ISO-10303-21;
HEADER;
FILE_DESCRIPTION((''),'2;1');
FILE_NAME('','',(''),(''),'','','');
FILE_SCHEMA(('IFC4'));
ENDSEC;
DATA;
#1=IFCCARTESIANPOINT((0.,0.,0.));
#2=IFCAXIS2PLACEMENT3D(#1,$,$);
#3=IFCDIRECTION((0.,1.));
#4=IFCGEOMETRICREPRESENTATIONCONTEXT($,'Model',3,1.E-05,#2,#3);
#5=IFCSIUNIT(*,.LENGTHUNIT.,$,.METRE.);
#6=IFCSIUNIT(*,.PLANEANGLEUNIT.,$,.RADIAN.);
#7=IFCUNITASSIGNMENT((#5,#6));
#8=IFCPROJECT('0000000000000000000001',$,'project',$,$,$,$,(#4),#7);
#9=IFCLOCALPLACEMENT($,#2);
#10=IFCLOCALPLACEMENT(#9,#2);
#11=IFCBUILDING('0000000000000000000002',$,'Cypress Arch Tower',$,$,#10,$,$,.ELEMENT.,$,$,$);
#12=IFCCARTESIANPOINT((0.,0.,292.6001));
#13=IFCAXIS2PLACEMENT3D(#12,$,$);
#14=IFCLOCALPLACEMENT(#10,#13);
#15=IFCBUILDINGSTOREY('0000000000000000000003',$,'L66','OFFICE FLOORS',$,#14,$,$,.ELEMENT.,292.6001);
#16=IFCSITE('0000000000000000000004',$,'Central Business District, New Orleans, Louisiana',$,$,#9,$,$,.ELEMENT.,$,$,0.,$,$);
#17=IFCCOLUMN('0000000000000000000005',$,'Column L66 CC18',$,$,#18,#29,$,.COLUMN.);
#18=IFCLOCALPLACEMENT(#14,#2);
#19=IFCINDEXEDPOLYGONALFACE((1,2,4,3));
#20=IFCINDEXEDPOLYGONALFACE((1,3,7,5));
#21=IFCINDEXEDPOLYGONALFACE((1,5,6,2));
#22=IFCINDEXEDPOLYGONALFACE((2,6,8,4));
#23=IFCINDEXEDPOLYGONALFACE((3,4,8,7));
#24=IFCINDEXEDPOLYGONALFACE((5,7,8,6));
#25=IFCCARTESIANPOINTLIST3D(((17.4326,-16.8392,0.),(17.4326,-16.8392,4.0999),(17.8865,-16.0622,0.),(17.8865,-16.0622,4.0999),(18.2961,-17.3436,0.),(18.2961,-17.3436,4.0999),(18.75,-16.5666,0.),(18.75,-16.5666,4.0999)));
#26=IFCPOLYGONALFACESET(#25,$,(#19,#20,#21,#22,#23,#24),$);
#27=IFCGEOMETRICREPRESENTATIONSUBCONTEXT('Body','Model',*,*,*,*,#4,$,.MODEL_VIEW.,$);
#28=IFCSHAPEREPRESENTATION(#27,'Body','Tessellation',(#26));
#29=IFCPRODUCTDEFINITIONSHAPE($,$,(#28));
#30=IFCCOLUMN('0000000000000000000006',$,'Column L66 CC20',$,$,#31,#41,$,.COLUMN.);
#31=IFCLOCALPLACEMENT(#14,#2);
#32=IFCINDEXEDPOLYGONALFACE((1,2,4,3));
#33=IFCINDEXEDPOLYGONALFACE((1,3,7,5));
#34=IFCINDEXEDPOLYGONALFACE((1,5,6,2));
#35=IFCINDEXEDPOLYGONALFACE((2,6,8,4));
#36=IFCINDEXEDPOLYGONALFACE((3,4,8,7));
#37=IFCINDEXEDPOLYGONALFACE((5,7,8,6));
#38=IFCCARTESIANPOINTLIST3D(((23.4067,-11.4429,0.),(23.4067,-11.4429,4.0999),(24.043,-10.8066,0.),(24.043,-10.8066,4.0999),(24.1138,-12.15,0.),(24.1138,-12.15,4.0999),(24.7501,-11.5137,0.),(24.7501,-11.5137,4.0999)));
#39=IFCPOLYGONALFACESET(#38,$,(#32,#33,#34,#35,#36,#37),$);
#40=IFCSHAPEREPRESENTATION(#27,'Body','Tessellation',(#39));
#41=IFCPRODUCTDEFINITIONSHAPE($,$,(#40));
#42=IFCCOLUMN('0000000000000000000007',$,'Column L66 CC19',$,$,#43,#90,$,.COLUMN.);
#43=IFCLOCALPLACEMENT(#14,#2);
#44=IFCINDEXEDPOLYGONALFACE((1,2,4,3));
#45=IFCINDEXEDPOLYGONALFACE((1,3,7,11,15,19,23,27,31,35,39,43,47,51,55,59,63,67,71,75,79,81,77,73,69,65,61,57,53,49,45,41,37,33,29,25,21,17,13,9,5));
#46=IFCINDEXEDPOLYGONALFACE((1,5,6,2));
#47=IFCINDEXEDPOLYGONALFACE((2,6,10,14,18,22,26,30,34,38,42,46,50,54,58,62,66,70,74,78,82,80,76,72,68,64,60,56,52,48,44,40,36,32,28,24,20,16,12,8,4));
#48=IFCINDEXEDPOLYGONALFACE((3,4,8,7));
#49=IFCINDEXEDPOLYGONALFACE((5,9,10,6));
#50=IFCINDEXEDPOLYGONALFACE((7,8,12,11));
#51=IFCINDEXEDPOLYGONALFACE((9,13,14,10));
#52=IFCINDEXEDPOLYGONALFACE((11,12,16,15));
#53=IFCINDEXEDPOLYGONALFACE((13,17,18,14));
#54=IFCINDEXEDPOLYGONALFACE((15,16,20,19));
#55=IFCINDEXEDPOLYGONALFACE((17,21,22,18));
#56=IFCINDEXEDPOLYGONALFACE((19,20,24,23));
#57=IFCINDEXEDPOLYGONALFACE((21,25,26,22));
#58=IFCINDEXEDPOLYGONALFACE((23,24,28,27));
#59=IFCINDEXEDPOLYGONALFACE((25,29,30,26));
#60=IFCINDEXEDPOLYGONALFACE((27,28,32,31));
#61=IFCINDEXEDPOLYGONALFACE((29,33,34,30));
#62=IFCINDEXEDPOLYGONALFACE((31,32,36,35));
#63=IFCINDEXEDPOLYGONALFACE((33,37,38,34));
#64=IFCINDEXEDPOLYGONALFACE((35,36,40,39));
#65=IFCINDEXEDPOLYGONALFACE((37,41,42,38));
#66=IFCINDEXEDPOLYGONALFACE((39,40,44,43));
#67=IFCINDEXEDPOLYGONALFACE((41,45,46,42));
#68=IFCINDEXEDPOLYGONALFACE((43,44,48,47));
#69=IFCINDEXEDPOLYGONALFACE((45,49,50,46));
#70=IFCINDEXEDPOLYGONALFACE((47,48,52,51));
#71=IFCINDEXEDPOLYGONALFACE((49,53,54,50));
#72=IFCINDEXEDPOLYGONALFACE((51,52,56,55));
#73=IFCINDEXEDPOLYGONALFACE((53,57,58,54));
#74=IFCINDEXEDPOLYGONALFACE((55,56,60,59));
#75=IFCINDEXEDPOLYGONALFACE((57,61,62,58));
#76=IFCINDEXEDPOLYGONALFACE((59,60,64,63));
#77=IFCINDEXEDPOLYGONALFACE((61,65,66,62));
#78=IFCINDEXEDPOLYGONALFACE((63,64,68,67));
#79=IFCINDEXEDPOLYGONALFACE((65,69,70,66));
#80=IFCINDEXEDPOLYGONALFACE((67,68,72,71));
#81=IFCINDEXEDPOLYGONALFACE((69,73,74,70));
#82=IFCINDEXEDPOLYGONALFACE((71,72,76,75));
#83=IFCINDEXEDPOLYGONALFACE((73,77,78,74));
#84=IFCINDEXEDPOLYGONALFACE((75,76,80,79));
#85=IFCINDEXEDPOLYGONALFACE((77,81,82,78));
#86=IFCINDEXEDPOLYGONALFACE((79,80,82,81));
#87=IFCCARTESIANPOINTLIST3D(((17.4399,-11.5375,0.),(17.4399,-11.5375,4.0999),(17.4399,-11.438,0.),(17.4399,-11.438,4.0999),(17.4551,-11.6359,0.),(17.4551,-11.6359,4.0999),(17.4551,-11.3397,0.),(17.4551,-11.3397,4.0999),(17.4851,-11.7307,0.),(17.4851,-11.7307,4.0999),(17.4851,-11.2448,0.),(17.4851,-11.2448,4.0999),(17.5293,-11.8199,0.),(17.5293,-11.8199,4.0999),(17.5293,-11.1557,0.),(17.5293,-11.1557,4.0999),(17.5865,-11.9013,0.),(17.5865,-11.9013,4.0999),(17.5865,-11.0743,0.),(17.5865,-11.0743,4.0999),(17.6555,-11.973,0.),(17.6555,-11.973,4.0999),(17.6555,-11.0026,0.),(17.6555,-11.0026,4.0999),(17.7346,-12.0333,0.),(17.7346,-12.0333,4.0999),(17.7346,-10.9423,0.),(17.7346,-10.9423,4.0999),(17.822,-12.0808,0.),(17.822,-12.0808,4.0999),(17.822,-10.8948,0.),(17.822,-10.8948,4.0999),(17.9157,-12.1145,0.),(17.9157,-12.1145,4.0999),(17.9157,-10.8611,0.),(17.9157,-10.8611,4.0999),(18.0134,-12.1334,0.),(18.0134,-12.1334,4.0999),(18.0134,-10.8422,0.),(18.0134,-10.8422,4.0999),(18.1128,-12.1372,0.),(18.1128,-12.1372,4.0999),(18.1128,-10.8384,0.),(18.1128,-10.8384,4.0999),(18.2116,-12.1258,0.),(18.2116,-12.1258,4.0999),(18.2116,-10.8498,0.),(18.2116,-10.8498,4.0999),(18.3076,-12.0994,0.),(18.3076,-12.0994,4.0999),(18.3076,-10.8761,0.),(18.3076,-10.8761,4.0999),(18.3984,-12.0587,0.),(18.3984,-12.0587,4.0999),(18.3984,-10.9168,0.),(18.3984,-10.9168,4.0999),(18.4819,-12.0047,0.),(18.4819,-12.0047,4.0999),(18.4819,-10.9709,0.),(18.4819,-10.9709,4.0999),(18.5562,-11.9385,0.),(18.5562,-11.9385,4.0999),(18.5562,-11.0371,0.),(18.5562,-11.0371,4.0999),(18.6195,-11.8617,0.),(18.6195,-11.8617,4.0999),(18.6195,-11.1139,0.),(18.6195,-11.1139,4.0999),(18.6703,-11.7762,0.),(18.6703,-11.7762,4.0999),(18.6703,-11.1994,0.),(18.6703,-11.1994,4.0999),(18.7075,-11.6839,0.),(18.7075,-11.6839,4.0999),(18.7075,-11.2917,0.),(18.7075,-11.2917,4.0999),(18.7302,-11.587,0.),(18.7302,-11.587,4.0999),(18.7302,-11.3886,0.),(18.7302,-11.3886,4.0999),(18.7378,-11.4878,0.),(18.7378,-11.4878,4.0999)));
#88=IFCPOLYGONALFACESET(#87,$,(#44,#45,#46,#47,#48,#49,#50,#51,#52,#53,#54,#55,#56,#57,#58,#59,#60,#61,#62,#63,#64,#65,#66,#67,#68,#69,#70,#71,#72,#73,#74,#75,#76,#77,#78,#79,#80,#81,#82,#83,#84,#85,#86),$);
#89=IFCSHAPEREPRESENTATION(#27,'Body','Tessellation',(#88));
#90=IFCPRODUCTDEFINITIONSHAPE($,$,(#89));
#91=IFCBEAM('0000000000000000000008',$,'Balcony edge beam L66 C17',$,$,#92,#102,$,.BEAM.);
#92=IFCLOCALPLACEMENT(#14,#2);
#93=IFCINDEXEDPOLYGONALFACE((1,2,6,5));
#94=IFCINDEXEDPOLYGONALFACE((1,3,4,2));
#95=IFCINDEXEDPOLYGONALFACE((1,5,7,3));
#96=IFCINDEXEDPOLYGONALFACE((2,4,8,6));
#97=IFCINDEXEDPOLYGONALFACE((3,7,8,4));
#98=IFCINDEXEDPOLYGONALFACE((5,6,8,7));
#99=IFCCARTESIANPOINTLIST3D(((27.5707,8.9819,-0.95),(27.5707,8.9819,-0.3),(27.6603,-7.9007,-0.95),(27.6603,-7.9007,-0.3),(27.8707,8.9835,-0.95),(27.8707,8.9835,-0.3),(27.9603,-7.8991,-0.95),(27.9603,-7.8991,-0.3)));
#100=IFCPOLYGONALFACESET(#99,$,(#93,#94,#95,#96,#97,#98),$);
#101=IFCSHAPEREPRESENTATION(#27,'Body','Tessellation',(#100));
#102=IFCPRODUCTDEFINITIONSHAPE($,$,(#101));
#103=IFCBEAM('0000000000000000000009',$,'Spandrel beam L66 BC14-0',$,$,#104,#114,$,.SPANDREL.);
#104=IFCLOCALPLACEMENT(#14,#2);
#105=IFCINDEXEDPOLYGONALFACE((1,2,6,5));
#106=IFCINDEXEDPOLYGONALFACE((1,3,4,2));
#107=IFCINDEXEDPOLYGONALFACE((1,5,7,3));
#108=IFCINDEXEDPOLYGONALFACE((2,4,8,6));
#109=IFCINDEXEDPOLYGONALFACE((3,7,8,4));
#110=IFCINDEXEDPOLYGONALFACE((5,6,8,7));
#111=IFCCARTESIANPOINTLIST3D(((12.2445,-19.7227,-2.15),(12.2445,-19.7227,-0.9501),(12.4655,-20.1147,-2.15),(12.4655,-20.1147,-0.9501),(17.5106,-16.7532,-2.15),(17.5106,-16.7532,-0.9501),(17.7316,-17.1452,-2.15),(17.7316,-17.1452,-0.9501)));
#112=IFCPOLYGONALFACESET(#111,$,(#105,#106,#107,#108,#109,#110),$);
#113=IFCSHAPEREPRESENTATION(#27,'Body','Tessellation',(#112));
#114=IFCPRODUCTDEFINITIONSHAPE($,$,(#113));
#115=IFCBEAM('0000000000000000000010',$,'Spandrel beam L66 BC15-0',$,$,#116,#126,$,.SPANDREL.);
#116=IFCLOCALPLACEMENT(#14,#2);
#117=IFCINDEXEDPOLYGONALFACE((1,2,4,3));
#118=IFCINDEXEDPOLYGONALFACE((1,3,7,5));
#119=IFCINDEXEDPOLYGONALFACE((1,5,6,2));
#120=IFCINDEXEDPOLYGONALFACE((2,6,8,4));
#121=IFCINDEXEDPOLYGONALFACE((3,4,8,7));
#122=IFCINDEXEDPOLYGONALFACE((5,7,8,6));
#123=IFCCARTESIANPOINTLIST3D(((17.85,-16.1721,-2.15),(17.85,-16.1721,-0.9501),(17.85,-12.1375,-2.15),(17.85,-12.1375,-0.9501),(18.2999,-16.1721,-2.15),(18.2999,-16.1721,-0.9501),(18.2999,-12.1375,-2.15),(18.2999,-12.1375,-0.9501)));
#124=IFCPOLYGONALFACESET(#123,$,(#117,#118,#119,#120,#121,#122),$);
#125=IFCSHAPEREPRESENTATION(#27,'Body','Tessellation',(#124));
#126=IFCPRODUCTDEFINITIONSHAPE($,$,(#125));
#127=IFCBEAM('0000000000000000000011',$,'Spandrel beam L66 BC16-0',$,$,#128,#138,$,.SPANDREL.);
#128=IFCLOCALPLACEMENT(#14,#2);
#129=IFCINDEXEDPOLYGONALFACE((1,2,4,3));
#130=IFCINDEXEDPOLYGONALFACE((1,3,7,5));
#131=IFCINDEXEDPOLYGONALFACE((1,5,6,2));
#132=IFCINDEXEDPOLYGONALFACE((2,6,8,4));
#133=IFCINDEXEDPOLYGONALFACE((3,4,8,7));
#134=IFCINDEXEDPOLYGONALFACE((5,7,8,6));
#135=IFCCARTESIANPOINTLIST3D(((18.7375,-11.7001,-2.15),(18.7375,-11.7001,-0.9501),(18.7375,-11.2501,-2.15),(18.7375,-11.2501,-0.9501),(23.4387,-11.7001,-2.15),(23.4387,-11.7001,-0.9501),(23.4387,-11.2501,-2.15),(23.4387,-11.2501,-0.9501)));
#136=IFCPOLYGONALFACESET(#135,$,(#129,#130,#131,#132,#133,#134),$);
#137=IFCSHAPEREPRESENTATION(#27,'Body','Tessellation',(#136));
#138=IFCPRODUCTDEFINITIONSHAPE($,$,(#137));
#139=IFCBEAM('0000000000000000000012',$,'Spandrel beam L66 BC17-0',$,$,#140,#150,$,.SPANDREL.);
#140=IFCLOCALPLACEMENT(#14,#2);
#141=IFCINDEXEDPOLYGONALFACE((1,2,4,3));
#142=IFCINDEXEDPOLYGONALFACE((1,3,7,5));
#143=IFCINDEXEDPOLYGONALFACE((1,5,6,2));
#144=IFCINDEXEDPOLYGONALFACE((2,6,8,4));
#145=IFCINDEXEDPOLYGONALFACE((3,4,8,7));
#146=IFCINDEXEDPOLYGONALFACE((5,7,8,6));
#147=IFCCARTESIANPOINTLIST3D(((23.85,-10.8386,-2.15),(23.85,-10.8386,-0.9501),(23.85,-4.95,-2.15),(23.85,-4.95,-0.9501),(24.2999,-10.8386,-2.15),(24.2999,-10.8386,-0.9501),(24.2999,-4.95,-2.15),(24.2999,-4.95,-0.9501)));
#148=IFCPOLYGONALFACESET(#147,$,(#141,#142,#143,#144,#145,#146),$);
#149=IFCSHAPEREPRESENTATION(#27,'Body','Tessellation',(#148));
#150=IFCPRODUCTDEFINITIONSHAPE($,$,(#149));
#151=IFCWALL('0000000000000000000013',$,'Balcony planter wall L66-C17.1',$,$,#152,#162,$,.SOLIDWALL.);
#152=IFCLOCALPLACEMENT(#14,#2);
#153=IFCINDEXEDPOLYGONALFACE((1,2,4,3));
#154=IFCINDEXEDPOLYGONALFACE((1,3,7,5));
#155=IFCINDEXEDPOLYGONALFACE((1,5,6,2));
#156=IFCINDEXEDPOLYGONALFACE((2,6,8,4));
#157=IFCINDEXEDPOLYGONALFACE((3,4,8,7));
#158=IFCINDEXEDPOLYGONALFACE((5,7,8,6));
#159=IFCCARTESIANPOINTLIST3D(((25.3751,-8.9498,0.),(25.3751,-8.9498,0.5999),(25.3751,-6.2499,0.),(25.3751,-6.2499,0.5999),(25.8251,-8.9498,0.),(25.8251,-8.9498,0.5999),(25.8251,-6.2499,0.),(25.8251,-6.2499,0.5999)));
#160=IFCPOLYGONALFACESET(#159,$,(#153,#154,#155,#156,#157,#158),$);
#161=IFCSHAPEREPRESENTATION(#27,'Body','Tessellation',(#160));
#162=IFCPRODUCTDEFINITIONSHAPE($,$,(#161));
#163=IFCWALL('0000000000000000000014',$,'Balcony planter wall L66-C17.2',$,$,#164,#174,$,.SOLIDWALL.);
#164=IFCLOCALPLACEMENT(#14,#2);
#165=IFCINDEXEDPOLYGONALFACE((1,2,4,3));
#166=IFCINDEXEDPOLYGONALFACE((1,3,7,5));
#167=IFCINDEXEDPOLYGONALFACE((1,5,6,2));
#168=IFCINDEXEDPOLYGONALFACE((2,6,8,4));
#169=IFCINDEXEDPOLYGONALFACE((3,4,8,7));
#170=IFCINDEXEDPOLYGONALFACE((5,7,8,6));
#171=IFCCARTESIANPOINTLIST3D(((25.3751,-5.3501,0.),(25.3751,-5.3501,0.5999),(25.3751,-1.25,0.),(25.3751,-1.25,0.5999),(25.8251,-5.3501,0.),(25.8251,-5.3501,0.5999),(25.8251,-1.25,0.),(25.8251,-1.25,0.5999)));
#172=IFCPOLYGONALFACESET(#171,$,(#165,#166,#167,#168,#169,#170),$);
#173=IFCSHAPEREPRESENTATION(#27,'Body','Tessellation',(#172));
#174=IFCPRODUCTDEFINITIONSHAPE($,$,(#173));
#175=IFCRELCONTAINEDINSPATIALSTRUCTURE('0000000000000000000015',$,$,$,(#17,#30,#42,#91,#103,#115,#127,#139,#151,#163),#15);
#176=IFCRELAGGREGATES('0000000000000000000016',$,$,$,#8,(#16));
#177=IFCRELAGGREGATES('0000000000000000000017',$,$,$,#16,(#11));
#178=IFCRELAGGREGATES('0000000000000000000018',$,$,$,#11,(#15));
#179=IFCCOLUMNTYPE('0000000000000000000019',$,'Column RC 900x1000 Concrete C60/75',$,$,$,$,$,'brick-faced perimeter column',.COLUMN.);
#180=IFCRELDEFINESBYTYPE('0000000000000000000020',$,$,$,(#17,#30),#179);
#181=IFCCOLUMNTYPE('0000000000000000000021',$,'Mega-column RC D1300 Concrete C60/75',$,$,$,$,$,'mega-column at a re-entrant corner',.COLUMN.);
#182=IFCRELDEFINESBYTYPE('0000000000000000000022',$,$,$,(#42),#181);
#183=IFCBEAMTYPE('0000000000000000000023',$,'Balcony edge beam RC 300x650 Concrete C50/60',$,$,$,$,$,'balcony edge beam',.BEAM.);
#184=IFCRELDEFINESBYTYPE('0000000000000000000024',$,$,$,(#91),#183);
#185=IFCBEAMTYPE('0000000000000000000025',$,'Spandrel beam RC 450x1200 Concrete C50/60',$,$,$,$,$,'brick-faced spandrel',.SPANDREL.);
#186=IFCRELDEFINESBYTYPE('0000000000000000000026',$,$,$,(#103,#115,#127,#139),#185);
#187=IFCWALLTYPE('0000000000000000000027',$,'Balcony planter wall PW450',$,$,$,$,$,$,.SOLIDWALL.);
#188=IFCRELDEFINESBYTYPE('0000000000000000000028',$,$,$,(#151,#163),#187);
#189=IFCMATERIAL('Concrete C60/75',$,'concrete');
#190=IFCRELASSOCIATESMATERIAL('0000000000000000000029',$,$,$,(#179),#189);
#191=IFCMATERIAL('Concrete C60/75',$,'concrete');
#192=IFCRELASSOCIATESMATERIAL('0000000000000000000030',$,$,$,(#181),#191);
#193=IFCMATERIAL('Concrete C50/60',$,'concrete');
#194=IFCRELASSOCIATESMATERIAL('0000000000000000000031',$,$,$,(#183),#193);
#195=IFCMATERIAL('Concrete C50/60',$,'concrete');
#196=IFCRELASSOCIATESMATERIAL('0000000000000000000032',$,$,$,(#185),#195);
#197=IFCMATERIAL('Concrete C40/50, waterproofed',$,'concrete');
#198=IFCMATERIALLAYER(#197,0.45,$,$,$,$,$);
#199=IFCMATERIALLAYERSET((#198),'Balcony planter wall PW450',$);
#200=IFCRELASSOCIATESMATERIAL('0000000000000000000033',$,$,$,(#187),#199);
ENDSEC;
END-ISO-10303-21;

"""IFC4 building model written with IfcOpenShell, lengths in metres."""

from ifc_helpers import new_model, si_unit, direction, frame, frame_2d, origin, origin_2d, place, context, subcontext, project, spatial, rectangle, circle, extrude, material, layer, layer_set, material_profile, profile_set, type_object, element, save


model = new_model("IFC4")

# Units and contexts
model_context = context("Model", 3, precision=1e-05, world=origin(), true_north=direction((0.0, 1.0)))
body_context = subcontext(model_context, "Body", "Model", "MODEL_VIEW")
ifc_project = project(units=[si_unit("LENGTHUNIT", "METRE"), si_unit("PLANEANGLEUNIT", "RADIAN")], contexts=[model_context])

# Site, building, storey
site_placement = place(None, origin())
site = spatial("IfcSite", under=ifc_project, at=site_placement, Name="Central Business District, New Orleans, Louisiana", CompositionType="ELEMENT", RefElevation=0.0)
building_placement = place(site_placement, origin())
building = spatial("IfcBuilding", under=site, at=building_placement, Name="Cypress Arch Tower", CompositionType="ELEMENT")
storey_placement = place(building_placement, frame((0.0, 0.0, 292.6001)))
storey = spatial("IfcBuildingStorey", under=building, at=storey_placement, Name="L66", Description="OFFICE FLOORS", CompositionType="ELEMENT", Elevation=292.6001)

# Columns
ifc_material_1 = material(Name="Concrete C60/75", Category="concrete")
ifc_material_profile_1 = material_profile(ifc_material_1, rectangle(XDim=0.8999, YDim=1.0, at=origin_2d()), Name="RC 900x1000")
ifc_profile_set_1 = profile_set([ifc_material_profile_1], Name="Concrete C60/75")
column_type_1 = type_object("IfcColumnType", Name="Column RC 900x1000 Concrete C60/75", ElementType="brick-faced perimeter column", PredefinedType="COLUMN", material=ifc_profile_set_1)
for number, where, z_axis, x_axis, name in (
    (1, (18.0913, -16.7029, 0.0), (0.0, 0.0, 1.0), (0.504399, 0.863471, 0.0), "Column L66 CC18"),
    (2, (24.0784, -11.4783, 0.0), (0.0, 0.0, 1.0), (0.707107, 0.707107, 0.0), "Column L66 CC20"),
):
    element("IfcColumn", number, at=place(storey_placement, frame(where, z_axis=z_axis, x_axis=x_axis)), inside=storey, type_object=column_type_1, Name=name, PredefinedType="COLUMN", context=body_context, shape_type="SweptSolid", body=[
        extrude(rectangle(XDim=0.8999, YDim=1.0, at=origin_2d()), origin(), (0.0, 0.0, 1.0), 4.0999),
    ])
ifc_material_2 = material(Name="Concrete C60/75", Category="concrete")
ifc_material_profile_2 = material_profile(ifc_material_2, circle(Radius=0.6499, at=origin_2d()), Name="RC D1300")
ifc_profile_set_2 = profile_set([ifc_material_profile_2], Name="Concrete C60/75")
column_type_2 = type_object("IfcColumnType", Name="Mega-column RC D1300 Concrete C60/75", ElementType="mega-column at a re-entrant corner", PredefinedType="COLUMN", material=ifc_profile_set_2)
column_placement = place(storey_placement, frame((18.0879, -11.4878, 0.0), z_axis=(0.0, 0.0, 1.0), x_axis=(1.0, 0.0, 0.0)))
element("IfcColumn", 3, at=column_placement, inside=storey, type_object=column_type_2, Name="Column L66 CC19", PredefinedType="COLUMN", context=body_context, shape_type="SweptSolid", body=[
    extrude(circle(Radius=0.6499, at=origin_2d()), origin(), (0.0, 0.0, 1.0), 4.0999),
])

# Beams
ifc_material_3 = material(Name="Concrete C50/60", Category="concrete")
ifc_material_profile_3 = material_profile(ifc_material_3, rectangle(XDim=0.3, YDim=0.6499, at=origin_2d()), Name="RC 300x650")
ifc_profile_set_3 = profile_set([ifc_material_profile_3], Name="Concrete C50/60")
beam_type_1 = type_object("IfcBeamType", Name="Balcony edge beam RC 300x650 Concrete C50/60", ElementType="balcony edge beam", PredefinedType="BEAM", material=ifc_profile_set_3)
beam_1_placement = place(storey_placement, frame((27.8103, -7.8999, -0.625), z_axis=(-0.005307, 0.999986, 0.0), x_axis=(-0.999986, -0.005307, 0.0)))
element("IfcBeam", 4, at=beam_1_placement, inside=storey, type_object=beam_type_1, Name="Balcony edge beam L66 C17", PredefinedType="BEAM", context=body_context, shape_type="SweptSolid", body=[
    extrude(rectangle(XDim=0.3, YDim=0.6499, at=origin_2d()), origin(), (0.0, 0.0, 1.0), 16.8828),
])
ifc_material_4 = material(Name="Concrete C50/60", Category="concrete")
ifc_material_profile_4 = material_profile(ifc_material_4, rectangle(XDim=0.45, YDim=1.2, at=origin_2d()), Name="RC 450x1200")
ifc_profile_set_4 = profile_set([ifc_material_profile_4], Name="Concrete C50/60")
beam_type_2 = type_object("IfcBeamType", Name="Spandrel beam RC 450x1200 Concrete C50/60", ElementType="brick-faced spandrel", PredefinedType="SPANDREL", material=ifc_profile_set_4)
beam_2_placement = place(storey_placement, frame((12.355, -19.9187, -1.55), z_axis=(0.87106, 0.491177, 0.0), x_axis=(-0.491177, 0.87106, 0.0)))
element("IfcBeam", 5, at=beam_2_placement, inside=storey, type_object=beam_type_2, Name="Spandrel beam L66 BC14-0", PredefinedType="SPANDREL", context=body_context, shape_type="SweptSolid", body=[
    extrude(rectangle(XDim=0.45, YDim=1.2, at=origin_2d()), origin(), (0.0, 0.0, 1.0), 6.0457),
])
beam_3_placement = place(storey_placement, frame((18.075, -16.1721, -1.55), z_axis=(0.0, 1.0, 0.0), x_axis=(-1.0, 0.0, 0.0)))
element("IfcBeam", 6, at=beam_3_placement, inside=storey, type_object=beam_type_2, Name="Spandrel beam L66 BC15-0", PredefinedType="SPANDREL", context=body_context, shape_type="SweptSolid", body=[
    extrude(rectangle(XDim=0.45, YDim=1.2, at=origin_2d()), origin(), (0.0, 0.0, 1.0), 4.0347),
])
beam_4_placement = place(storey_placement, frame((18.7375, -11.4751, -1.55), z_axis=(1.0, 0.0, 0.0), x_axis=(0.0, 1.0, 0.0)))
element("IfcBeam", 7, at=beam_4_placement, inside=storey, type_object=beam_type_2, Name="Spandrel beam L66 BC16-0", PredefinedType="SPANDREL", context=body_context, shape_type="SweptSolid", body=[
    extrude(rectangle(XDim=0.45, YDim=1.2, at=origin_2d()), origin(), (0.0, 0.0, 1.0), 4.7012),
])
beam_5_placement = place(storey_placement, frame((24.075, -10.8386, -1.55), z_axis=(0.0, 1.0, 0.0), x_axis=(-1.0, 0.0, 0.0)))
element("IfcBeam", 8, at=beam_5_placement, inside=storey, type_object=beam_type_2, Name="Spandrel beam L66 BC17-0", PredefinedType="SPANDREL", context=body_context, shape_type="SweptSolid", body=[
    extrude(rectangle(XDim=0.45, YDim=1.2, at=origin_2d()), origin(), (0.0, 0.0, 1.0), 5.8887),
])

# Walls
ifc_material_5 = material(Name="Concrete C40/50, waterproofed", Category="concrete")
ifc_layer_1 = layer(ifc_material_5, 0.45)
ifc_layer_set_1 = layer_set([ifc_layer_1], Name="Balcony planter wall PW450")
wall_type_1 = type_object("IfcWallType", Name="Balcony planter wall PW450", PredefinedType="SOLIDWALL", material=ifc_layer_set_1)
wall_1_placement = place(storey_placement, frame((25.6001, -8.95, 0.0), z_axis=(0.0, 0.0, 1.0), x_axis=(0.0, 1.0, 0.0)))
element("IfcWall", 9, at=wall_1_placement, inside=storey, type_object=wall_type_1, Name="Balcony planter wall L66-C17.1", PredefinedType="SOLIDWALL", context=body_context, shape_type="SweptSolid", body=[
    extrude(rectangle(XDim=2.7, YDim=0.45, at=frame_2d((1.3501, 0.0))), origin(), (0.0, 0.0, 1.0), 0.5999),
])
wall_2_placement = place(storey_placement, frame((25.6001, -5.3501, 0.0), z_axis=(0.0, 0.0, 1.0), x_axis=(0.0, 1.0, 0.0)))
element("IfcWall", 10, at=wall_2_placement, inside=storey, type_object=wall_type_1, Name="Balcony planter wall L66-C17.2", PredefinedType="SOLIDWALL", context=body_context, shape_type="SweptSolid", body=[
    extrude(rectangle(XDim=4.1001, YDim=0.45, at=frame_2d((2.05, 0.0))), origin(), (0.0, 0.0, 1.0), 0.5999),
])

save(model, "model.ifc")
